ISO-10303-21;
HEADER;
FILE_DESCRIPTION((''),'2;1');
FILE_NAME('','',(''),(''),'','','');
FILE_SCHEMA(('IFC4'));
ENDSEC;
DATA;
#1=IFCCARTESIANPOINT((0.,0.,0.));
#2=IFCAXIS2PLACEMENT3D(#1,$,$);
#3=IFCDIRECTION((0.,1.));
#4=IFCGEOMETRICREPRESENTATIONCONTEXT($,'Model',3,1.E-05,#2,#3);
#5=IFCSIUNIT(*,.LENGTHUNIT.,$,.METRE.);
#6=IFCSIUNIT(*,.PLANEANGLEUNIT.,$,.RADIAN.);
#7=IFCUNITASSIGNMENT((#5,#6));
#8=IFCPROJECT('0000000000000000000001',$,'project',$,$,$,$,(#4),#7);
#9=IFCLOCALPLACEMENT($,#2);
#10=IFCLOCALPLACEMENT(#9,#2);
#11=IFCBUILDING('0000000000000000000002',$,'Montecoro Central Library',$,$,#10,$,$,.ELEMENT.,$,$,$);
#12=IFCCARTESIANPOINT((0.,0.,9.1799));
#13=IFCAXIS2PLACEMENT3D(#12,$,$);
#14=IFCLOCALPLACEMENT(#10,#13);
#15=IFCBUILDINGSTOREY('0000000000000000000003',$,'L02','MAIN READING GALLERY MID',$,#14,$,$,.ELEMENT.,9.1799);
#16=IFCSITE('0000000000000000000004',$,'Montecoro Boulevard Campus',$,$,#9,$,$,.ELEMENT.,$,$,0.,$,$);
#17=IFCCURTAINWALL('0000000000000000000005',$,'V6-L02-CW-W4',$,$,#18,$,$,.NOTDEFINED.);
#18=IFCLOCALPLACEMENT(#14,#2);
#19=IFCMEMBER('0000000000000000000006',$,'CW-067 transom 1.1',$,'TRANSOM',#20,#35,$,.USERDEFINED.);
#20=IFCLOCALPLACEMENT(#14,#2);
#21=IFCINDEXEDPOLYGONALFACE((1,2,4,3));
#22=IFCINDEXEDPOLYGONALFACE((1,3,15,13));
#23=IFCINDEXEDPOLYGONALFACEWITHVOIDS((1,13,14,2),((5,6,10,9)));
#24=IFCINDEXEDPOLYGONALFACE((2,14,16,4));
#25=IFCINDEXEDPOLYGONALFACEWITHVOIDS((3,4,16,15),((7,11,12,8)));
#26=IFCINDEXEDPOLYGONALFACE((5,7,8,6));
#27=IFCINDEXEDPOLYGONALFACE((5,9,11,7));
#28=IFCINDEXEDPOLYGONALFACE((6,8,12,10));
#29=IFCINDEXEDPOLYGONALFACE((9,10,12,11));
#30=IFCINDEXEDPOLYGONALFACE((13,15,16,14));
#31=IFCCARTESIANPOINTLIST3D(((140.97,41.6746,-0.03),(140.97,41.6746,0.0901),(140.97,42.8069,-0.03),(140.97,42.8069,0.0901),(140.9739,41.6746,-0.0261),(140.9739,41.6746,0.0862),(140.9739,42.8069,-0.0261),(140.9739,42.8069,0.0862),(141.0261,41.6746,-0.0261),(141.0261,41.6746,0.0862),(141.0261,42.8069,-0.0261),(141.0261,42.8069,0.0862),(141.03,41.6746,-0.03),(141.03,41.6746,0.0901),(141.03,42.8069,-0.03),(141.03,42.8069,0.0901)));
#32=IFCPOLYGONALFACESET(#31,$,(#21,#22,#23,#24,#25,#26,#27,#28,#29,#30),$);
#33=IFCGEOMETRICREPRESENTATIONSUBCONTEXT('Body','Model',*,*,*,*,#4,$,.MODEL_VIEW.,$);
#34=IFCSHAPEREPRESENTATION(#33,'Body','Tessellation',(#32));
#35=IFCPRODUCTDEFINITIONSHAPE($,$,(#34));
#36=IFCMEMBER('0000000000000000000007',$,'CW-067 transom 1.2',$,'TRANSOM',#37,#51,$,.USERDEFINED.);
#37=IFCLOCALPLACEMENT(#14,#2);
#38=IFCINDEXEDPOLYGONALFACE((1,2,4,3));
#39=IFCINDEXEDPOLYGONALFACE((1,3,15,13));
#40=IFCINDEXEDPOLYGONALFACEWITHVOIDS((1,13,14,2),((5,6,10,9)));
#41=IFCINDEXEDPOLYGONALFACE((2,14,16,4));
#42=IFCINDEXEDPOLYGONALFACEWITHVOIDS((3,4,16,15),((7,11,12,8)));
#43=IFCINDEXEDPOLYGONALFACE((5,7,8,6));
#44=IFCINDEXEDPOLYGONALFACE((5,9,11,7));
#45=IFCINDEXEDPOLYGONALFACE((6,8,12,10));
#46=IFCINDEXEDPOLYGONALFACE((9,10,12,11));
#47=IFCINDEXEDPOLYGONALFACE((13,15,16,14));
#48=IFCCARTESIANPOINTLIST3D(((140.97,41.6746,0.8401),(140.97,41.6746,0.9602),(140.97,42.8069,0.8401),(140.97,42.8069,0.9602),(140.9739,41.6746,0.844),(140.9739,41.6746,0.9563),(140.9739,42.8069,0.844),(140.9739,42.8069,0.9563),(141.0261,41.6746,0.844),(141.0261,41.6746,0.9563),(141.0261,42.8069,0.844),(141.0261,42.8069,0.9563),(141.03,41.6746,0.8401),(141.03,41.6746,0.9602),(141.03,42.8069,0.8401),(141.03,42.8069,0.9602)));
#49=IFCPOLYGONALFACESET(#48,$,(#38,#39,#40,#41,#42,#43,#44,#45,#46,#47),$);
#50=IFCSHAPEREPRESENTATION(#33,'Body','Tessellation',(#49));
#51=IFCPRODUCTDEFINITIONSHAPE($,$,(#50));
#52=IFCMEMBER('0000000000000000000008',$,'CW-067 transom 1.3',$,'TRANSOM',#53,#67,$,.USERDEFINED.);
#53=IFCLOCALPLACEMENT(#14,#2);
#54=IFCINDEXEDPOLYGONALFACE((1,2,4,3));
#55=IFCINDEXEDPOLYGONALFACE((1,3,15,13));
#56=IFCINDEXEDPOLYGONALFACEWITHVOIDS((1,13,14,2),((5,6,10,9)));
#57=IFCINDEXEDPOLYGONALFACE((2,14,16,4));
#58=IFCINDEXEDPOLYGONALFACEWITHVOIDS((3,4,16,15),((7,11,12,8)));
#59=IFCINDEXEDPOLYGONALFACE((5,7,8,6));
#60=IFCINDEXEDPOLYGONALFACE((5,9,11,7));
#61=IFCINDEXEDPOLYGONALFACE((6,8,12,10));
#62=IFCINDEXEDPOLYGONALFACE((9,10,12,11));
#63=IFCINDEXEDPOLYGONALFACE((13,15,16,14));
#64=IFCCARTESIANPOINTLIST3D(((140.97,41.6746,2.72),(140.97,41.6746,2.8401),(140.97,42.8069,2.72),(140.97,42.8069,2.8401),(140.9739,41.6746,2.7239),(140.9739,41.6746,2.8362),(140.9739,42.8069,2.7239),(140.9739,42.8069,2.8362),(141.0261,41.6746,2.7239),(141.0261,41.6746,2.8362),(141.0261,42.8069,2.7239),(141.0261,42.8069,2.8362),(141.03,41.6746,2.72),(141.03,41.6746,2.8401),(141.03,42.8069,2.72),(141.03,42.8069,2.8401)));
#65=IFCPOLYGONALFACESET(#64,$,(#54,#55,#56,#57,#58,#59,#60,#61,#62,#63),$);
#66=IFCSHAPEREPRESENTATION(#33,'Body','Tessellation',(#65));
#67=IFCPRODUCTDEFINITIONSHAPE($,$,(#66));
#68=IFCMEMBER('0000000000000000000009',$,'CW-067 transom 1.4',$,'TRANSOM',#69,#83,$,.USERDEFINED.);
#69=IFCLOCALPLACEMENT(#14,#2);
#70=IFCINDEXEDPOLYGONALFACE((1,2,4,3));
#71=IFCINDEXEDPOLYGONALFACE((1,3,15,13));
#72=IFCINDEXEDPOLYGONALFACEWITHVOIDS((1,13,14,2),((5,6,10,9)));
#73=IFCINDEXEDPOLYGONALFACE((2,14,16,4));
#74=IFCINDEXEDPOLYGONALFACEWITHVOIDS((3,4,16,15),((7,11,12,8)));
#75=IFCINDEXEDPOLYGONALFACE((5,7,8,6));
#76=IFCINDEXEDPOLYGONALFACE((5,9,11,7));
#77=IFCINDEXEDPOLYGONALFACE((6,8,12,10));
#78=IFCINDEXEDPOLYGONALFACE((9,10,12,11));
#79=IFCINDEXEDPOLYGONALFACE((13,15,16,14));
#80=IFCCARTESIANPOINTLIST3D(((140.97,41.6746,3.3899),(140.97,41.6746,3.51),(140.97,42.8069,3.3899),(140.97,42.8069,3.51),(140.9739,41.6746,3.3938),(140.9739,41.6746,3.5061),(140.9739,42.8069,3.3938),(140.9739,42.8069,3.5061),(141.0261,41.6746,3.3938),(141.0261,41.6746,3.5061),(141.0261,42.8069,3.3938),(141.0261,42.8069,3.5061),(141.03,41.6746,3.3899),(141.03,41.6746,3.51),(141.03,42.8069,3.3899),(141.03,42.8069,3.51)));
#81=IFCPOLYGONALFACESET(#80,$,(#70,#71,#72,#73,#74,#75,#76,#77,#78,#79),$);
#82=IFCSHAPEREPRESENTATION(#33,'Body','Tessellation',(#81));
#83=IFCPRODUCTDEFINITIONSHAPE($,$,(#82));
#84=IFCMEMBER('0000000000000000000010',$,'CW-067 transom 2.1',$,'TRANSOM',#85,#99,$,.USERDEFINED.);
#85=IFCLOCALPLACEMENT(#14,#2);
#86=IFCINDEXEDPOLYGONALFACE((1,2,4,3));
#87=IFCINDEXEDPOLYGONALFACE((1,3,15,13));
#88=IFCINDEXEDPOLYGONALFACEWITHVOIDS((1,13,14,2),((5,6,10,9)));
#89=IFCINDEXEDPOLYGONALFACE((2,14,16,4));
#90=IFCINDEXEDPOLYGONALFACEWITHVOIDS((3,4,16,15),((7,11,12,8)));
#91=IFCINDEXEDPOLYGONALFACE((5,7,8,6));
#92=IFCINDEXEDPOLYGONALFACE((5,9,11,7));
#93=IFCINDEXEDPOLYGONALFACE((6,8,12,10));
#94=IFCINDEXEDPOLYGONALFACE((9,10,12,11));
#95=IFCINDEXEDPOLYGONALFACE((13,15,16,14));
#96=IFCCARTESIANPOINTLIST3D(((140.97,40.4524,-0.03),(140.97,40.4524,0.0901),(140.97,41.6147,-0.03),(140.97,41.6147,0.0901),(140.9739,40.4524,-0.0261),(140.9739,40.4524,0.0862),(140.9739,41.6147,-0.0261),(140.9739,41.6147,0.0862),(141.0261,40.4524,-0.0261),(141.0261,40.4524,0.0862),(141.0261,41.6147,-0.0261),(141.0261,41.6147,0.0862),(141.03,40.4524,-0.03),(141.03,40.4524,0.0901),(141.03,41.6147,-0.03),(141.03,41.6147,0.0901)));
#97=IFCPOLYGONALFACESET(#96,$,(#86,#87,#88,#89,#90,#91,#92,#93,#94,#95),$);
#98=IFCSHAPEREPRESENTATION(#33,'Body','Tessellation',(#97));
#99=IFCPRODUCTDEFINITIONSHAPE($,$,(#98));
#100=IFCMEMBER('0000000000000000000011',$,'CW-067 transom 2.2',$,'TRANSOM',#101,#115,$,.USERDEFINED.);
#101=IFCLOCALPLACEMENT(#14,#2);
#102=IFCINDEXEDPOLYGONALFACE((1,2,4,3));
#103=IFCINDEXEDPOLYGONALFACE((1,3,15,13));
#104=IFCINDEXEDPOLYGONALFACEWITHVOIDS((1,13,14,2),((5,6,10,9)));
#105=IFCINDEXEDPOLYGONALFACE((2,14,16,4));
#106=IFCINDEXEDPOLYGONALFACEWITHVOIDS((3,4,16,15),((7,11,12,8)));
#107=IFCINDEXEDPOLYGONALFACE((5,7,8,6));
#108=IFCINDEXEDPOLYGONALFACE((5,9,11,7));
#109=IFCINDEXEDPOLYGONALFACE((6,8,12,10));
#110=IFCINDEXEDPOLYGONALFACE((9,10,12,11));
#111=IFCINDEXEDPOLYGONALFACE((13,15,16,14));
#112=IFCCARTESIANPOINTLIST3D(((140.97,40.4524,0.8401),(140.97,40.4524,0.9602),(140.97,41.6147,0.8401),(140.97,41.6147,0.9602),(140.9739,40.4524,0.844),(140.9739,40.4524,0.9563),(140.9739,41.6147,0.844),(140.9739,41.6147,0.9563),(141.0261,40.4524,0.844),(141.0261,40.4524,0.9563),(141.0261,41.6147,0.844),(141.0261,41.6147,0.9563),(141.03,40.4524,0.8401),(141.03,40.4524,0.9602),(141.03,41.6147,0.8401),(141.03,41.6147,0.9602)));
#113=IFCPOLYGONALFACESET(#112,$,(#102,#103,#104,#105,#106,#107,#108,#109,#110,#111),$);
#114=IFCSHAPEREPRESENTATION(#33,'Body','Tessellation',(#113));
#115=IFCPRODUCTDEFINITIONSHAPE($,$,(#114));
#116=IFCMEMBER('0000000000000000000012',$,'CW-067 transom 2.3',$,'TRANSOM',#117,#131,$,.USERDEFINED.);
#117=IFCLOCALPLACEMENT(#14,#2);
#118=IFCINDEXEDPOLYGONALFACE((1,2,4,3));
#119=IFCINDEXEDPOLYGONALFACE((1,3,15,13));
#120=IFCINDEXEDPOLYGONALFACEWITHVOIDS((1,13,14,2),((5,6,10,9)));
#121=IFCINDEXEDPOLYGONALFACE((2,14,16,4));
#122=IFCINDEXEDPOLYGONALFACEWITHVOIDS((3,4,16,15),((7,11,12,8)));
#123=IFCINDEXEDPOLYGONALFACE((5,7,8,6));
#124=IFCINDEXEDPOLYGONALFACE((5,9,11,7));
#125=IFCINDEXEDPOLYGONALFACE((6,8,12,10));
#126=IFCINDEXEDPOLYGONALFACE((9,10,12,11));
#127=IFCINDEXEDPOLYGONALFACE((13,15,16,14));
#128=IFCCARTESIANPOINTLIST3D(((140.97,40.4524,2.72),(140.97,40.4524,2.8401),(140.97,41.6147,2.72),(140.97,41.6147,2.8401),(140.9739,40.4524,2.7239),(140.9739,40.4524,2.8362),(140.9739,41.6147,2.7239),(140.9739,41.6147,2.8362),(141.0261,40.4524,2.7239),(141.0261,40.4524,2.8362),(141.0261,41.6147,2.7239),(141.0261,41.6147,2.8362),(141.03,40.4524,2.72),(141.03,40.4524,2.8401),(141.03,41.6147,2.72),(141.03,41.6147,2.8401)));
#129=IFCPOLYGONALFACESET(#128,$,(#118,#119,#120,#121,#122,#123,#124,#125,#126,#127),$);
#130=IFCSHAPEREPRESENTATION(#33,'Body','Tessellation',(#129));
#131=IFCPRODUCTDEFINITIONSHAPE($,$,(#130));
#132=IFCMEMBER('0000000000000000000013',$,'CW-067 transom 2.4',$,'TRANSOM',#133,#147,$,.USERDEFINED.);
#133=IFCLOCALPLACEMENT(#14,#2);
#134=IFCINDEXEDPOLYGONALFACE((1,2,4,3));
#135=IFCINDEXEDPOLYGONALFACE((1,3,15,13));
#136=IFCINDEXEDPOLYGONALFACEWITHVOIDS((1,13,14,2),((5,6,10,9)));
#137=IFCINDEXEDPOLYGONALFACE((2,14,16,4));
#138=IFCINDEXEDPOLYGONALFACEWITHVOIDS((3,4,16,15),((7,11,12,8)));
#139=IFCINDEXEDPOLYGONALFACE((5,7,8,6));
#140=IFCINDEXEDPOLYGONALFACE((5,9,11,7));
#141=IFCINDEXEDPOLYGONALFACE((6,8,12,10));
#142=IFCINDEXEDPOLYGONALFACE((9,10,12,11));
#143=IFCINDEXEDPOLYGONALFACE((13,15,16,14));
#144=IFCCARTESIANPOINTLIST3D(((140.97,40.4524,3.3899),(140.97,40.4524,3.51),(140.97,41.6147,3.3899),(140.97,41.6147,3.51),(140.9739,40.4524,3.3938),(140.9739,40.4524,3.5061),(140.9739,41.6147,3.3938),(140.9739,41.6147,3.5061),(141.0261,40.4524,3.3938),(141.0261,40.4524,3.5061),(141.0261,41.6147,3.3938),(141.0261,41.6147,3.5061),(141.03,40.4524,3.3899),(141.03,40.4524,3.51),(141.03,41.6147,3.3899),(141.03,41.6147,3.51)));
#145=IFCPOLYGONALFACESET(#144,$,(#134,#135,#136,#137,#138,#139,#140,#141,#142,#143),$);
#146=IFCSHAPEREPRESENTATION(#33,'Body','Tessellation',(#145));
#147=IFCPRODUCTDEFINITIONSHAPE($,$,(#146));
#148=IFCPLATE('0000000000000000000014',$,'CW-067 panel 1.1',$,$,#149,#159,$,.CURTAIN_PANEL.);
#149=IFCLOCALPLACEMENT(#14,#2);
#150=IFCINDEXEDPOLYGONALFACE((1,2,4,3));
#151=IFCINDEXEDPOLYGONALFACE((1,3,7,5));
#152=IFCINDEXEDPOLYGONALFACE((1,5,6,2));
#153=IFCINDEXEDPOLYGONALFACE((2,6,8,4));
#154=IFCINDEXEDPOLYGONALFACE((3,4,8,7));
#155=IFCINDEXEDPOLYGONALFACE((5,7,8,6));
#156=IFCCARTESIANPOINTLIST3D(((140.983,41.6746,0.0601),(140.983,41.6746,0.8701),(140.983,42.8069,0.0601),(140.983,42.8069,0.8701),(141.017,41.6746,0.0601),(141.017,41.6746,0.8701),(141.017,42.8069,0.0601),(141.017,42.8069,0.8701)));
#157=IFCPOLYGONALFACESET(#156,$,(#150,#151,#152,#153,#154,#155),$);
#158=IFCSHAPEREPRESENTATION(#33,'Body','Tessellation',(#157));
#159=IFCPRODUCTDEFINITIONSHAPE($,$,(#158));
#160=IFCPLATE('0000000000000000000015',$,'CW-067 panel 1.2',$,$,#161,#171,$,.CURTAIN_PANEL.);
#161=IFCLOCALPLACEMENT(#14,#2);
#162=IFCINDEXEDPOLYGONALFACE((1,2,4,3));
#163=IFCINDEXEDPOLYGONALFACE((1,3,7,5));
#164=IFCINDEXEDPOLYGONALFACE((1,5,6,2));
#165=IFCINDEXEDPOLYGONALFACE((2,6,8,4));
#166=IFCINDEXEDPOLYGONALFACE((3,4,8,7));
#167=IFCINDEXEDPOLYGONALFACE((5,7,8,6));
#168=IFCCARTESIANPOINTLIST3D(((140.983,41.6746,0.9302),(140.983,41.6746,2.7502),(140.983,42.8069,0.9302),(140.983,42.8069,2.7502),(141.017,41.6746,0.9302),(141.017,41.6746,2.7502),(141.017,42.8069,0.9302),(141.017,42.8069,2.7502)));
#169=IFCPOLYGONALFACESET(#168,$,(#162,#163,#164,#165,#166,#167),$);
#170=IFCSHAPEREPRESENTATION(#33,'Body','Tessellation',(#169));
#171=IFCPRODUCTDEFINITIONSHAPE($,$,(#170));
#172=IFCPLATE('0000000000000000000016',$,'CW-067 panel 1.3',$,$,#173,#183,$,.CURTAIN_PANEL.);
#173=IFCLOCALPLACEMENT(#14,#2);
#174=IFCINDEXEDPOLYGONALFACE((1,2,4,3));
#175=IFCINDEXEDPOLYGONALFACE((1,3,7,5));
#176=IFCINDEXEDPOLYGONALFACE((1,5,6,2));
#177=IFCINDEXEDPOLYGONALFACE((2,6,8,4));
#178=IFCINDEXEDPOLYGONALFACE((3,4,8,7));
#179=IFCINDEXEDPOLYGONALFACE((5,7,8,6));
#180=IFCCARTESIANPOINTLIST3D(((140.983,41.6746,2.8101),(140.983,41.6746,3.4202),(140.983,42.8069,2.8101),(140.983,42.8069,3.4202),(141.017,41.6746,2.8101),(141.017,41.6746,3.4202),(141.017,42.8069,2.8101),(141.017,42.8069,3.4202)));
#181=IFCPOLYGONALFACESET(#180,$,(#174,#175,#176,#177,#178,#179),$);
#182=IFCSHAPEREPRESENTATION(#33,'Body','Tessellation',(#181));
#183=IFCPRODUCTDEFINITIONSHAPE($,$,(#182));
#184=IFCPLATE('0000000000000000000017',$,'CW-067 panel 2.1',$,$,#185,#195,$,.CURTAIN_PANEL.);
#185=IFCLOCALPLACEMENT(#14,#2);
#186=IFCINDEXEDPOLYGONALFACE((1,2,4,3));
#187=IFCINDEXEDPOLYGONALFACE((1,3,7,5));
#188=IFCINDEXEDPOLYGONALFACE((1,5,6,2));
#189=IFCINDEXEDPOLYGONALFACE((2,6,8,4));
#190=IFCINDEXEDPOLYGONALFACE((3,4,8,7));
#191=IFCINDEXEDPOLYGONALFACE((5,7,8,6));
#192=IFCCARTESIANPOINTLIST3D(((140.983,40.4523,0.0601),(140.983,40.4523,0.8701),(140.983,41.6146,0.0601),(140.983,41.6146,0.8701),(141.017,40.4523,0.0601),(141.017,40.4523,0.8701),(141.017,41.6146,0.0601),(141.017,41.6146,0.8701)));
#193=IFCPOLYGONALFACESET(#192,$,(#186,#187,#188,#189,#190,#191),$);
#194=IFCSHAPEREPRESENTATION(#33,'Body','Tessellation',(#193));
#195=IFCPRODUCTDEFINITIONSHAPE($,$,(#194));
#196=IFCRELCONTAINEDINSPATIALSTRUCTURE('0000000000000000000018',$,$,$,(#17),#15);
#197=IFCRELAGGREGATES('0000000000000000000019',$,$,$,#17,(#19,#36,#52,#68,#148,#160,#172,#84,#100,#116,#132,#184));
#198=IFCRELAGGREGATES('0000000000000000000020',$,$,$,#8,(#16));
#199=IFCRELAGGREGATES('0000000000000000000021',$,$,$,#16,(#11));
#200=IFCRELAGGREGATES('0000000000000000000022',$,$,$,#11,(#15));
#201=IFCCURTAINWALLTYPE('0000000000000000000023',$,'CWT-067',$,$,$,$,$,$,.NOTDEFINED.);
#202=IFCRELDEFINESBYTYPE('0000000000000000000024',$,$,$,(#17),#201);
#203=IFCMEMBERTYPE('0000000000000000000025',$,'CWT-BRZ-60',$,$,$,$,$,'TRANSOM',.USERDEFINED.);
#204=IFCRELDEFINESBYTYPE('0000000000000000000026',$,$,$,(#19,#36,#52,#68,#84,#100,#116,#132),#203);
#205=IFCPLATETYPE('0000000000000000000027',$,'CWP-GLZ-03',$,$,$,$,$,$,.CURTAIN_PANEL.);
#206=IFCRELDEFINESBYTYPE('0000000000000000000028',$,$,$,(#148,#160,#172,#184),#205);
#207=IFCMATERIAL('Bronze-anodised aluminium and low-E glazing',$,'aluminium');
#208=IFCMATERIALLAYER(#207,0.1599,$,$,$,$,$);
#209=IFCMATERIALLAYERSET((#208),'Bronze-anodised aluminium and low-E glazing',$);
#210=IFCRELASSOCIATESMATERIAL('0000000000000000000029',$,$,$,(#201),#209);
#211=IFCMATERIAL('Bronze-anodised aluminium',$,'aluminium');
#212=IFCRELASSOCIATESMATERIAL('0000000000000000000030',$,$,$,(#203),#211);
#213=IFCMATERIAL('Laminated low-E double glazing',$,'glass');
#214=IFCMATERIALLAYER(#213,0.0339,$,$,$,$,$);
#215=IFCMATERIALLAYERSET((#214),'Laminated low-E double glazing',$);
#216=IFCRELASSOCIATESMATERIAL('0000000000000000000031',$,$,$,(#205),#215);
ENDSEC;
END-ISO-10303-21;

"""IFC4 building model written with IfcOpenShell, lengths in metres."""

from ifc_helpers import new_model, si_unit, direction, frame, origin, origin_2d, place, context, subcontext, project, spatial, rectangle, hollow_rectangle, extrude, material, layer, layer_set, material_profile, profile_set, type_object, element, aggregate, save


model = new_model("IFC4")

# Units and contexts
model_context = context("Model", 3, precision=1e-05, world=origin(), true_north=direction((0.0, 1.0)))
body_context = subcontext(model_context, "Body", "Model", "MODEL_VIEW")
ifc_project = project(units=[si_unit("LENGTHUNIT", "METRE"), si_unit("PLANEANGLEUNIT", "RADIAN")], contexts=[model_context])

# Site, building, storey
site_placement = place(None, origin())
site = spatial("IfcSite", under=ifc_project, at=site_placement, Name="Montecoro Boulevard Campus", CompositionType="ELEMENT", RefElevation=0.0)
building_placement = place(site_placement, origin())
building = spatial("IfcBuilding", under=site, at=building_placement, Name="Montecoro Central Library", CompositionType="ELEMENT")
storey_placement = place(building_placement, frame((0.0, 0.0, 9.1799)))
storey = spatial("IfcBuildingStorey", under=building, at=storey_placement, Name="L02", Description="MAIN READING GALLERY MID", CompositionType="ELEMENT", Elevation=9.1799)

# Curtain wall
ifc_material_1 = material(Name="Bronze-anodised aluminium and low-E glazing", Category="aluminium")
ifc_material_2 = material(Name="Bronze-anodised aluminium", Category="aluminium")
ifc_layer_1 = layer(ifc_material_1, 0.1599)
ifc_layer_set_1 = layer_set([ifc_layer_1], Name="Bronze-anodised aluminium and low-E glazing")
curtain_wall_type_1 = type_object("IfcCurtainWallType", Name="CWT-067", PredefinedType="NOTDEFINED", material=ifc_layer_set_1)
curtain_wall_1_placement = place(storey_placement, origin())
curtain_wall_1 = element("IfcCurtainWall", 1, at=curtain_wall_1_placement, inside=storey, type_object=curtain_wall_type_1, Name="V6-L02-CW-W4", PredefinedType="NOTDEFINED")

# Members
ifc_material_profile_1 = material_profile(ifc_material_2, hollow_rectangle(XDim=0.0601, YDim=0.1201, WallThickness=0.0039, at=origin_2d()), Name="CWT 120x60x4.0")
ifc_profile_set_1 = profile_set([ifc_material_profile_1], Name="Bronze-anodised aluminium")
member_type_1 = type_object("IfcMemberType", Name="CWT-BRZ-60", ElementType="TRANSOM", PredefinedType="USERDEFINED", material=ifc_profile_set_1)
member_1_placement = place(storey_placement, frame((141.0, 42.8069, 0.03), z_axis=(0.0, -1.0, 0.0), x_axis=(1.0, 0.0, 0.0)))
member_1 = element("IfcMember", 2, at=member_1_placement, type_object=member_type_1, Name="CW-067 transom 1.1", ObjectType="TRANSOM", PredefinedType="USERDEFINED", context=body_context, shape_type="SweptSolid", body=[
    extrude(hollow_rectangle(XDim=0.0601, YDim=0.1201, WallThickness=0.0039, at=origin_2d()), origin(), (0.0, 0.0, 1.0), 1.1323),
])
member_2_placement = place(storey_placement, frame((141.0, 42.8069, 0.9001), z_axis=(0.0, -1.0, 0.0), x_axis=(1.0, 0.0, 0.0)))
member_2 = element("IfcMember", 3, at=member_2_placement, type_object=member_type_1, Name="CW-067 transom 1.2", ObjectType="TRANSOM", PredefinedType="USERDEFINED", context=body_context, shape_type="SweptSolid", body=[
    extrude(hollow_rectangle(XDim=0.0601, YDim=0.1201, WallThickness=0.0039, at=origin_2d()), origin(), (0.0, 0.0, 1.0), 1.1323),
])
member_3_placement = place(storey_placement, frame((141.0, 42.8069, 2.78), z_axis=(0.0, -1.0, 0.0), x_axis=(1.0, 0.0, 0.0)))
member_3 = element("IfcMember", 4, at=member_3_placement, type_object=member_type_1, Name="CW-067 transom 1.3", ObjectType="TRANSOM", PredefinedType="USERDEFINED", context=body_context, shape_type="SweptSolid", body=[
    extrude(hollow_rectangle(XDim=0.0601, YDim=0.1201, WallThickness=0.0039, at=origin_2d()), origin(), (0.0, 0.0, 1.0), 1.1323),
])
member_4_placement = place(storey_placement, frame((141.0, 42.8069, 3.45), z_axis=(0.0, -1.0, 0.0), x_axis=(1.0, 0.0, 0.0)))
member_4 = element("IfcMember", 5, at=member_4_placement, type_object=member_type_1, Name="CW-067 transom 1.4", ObjectType="TRANSOM", PredefinedType="USERDEFINED", context=body_context, shape_type="SweptSolid", body=[
    extrude(hollow_rectangle(XDim=0.0601, YDim=0.1201, WallThickness=0.0039, at=origin_2d()), origin(), (0.0, 0.0, 1.0), 1.1323),
])
member_5_placement = place(storey_placement, frame((141.0, 41.6147, 0.03), z_axis=(0.0, -1.0, 0.0), x_axis=(1.0, 0.0, 0.0)))
member_5 = element("IfcMember", 6, at=member_5_placement, type_object=member_type_1, Name="CW-067 transom 2.1", ObjectType="TRANSOM", PredefinedType="USERDEFINED", context=body_context, shape_type="SweptSolid", body=[
    extrude(hollow_rectangle(XDim=0.0601, YDim=0.1201, WallThickness=0.0039, at=origin_2d()), origin(), (0.0, 0.0, 1.0), 1.1624),
])
member_6_placement = place(storey_placement, frame((141.0, 41.6147, 0.9001), z_axis=(0.0, -1.0, 0.0), x_axis=(1.0, 0.0, 0.0)))
member_6 = element("IfcMember", 7, at=member_6_placement, type_object=member_type_1, Name="CW-067 transom 2.2", ObjectType="TRANSOM", PredefinedType="USERDEFINED", context=body_context, shape_type="SweptSolid", body=[
    extrude(hollow_rectangle(XDim=0.0601, YDim=0.1201, WallThickness=0.0039, at=origin_2d()), origin(), (0.0, 0.0, 1.0), 1.1624),
])
member_7_placement = place(storey_placement, frame((141.0, 41.6147, 2.78), z_axis=(0.0, -1.0, 0.0), x_axis=(1.0, 0.0, 0.0)))
member_7 = element("IfcMember", 8, at=member_7_placement, type_object=member_type_1, Name="CW-067 transom 2.3", ObjectType="TRANSOM", PredefinedType="USERDEFINED", context=body_context, shape_type="SweptSolid", body=[
    extrude(hollow_rectangle(XDim=0.0601, YDim=0.1201, WallThickness=0.0039, at=origin_2d()), origin(), (0.0, 0.0, 1.0), 1.1624),
])
member_8_placement = place(storey_placement, frame((141.0, 41.6147, 3.45), z_axis=(0.0, -1.0, 0.0), x_axis=(1.0, 0.0, 0.0)))
member_8 = element("IfcMember", 9, at=member_8_placement, type_object=member_type_1, Name="CW-067 transom 2.4", ObjectType="TRANSOM", PredefinedType="USERDEFINED", context=body_context, shape_type="SweptSolid", body=[
    extrude(hollow_rectangle(XDim=0.0601, YDim=0.1201, WallThickness=0.0039, at=origin_2d()), origin(), (0.0, 0.0, 1.0), 1.1624),
])

# Plates
ifc_material_3 = material(Name="Laminated low-E double glazing", Category="glass")
ifc_layer_2 = layer(ifc_material_3, 0.0339)
ifc_layer_set_2 = layer_set([ifc_layer_2], Name="Laminated low-E double glazing")
plate_type_1 = type_object("IfcPlateType", Name="CWP-GLZ-03", PredefinedType="CURTAIN_PANEL", material=ifc_layer_set_2)
plate_1_placement = place(storey_placement, frame((141.0, 42.2407, 0.0601), z_axis=(0.0, 0.0, 1.0), x_axis=(0.0, -1.0, 0.0)))
plate_1 = element("IfcPlate", 10, at=plate_1_placement, type_object=plate_type_1, Name="CW-067 panel 1.1", PredefinedType="CURTAIN_PANEL", context=body_context, shape_type="SweptSolid", body=[
    extrude(rectangle(XDim=1.1323, YDim=0.0339, at=origin_2d()), origin(), (0.0, 0.0, 1.0), 0.8101),
])
plate_2_placement = place(storey_placement, frame((141.0, 42.2407, 0.9302), z_axis=(0.0, 0.0, 1.0), x_axis=(0.0, -1.0, 0.0)))
plate_2 = element("IfcPlate", 11, at=plate_2_placement, type_object=plate_type_1, Name="CW-067 panel 1.2", PredefinedType="CURTAIN_PANEL", context=body_context, shape_type="SweptSolid", body=[
    extrude(rectangle(XDim=1.1323, YDim=0.0339, at=origin_2d()), origin(), (0.0, 0.0, 1.0), 1.8201),
])
plate_3_placement = place(storey_placement, frame((141.0, 42.2407, 2.8101), z_axis=(0.0, 0.0, 1.0), x_axis=(0.0, -1.0, 0.0)))
plate_3 = element("IfcPlate", 12, at=plate_3_placement, type_object=plate_type_1, Name="CW-067 panel 1.3", PredefinedType="CURTAIN_PANEL", context=body_context, shape_type="SweptSolid", body=[
    extrude(rectangle(XDim=1.1323, YDim=0.0339, at=origin_2d()), origin(), (0.0, 0.0, 1.0), 0.6101),
])
plate_4_placement = place(storey_placement, frame((141.0, 41.0334, 0.0601), z_axis=(0.0, 0.0, 1.0), x_axis=(0.0, -1.0, 0.0)))
plate_4 = element("IfcPlate", 13, at=plate_4_placement, type_object=plate_type_1, Name="CW-067 panel 2.1", PredefinedType="CURTAIN_PANEL", context=body_context, shape_type="SweptSolid", body=[
    extrude(rectangle(XDim=1.1624, YDim=0.0339, at=origin_2d()), origin(), (0.0, 0.0, 1.0), 0.8101),
])
aggregate(curtain_wall_1, [member_1, member_2, member_3, member_4, plate_1, plate_2, plate_3, member_5, member_6, member_7, member_8, plate_4])

save(model, "model.ifc")
